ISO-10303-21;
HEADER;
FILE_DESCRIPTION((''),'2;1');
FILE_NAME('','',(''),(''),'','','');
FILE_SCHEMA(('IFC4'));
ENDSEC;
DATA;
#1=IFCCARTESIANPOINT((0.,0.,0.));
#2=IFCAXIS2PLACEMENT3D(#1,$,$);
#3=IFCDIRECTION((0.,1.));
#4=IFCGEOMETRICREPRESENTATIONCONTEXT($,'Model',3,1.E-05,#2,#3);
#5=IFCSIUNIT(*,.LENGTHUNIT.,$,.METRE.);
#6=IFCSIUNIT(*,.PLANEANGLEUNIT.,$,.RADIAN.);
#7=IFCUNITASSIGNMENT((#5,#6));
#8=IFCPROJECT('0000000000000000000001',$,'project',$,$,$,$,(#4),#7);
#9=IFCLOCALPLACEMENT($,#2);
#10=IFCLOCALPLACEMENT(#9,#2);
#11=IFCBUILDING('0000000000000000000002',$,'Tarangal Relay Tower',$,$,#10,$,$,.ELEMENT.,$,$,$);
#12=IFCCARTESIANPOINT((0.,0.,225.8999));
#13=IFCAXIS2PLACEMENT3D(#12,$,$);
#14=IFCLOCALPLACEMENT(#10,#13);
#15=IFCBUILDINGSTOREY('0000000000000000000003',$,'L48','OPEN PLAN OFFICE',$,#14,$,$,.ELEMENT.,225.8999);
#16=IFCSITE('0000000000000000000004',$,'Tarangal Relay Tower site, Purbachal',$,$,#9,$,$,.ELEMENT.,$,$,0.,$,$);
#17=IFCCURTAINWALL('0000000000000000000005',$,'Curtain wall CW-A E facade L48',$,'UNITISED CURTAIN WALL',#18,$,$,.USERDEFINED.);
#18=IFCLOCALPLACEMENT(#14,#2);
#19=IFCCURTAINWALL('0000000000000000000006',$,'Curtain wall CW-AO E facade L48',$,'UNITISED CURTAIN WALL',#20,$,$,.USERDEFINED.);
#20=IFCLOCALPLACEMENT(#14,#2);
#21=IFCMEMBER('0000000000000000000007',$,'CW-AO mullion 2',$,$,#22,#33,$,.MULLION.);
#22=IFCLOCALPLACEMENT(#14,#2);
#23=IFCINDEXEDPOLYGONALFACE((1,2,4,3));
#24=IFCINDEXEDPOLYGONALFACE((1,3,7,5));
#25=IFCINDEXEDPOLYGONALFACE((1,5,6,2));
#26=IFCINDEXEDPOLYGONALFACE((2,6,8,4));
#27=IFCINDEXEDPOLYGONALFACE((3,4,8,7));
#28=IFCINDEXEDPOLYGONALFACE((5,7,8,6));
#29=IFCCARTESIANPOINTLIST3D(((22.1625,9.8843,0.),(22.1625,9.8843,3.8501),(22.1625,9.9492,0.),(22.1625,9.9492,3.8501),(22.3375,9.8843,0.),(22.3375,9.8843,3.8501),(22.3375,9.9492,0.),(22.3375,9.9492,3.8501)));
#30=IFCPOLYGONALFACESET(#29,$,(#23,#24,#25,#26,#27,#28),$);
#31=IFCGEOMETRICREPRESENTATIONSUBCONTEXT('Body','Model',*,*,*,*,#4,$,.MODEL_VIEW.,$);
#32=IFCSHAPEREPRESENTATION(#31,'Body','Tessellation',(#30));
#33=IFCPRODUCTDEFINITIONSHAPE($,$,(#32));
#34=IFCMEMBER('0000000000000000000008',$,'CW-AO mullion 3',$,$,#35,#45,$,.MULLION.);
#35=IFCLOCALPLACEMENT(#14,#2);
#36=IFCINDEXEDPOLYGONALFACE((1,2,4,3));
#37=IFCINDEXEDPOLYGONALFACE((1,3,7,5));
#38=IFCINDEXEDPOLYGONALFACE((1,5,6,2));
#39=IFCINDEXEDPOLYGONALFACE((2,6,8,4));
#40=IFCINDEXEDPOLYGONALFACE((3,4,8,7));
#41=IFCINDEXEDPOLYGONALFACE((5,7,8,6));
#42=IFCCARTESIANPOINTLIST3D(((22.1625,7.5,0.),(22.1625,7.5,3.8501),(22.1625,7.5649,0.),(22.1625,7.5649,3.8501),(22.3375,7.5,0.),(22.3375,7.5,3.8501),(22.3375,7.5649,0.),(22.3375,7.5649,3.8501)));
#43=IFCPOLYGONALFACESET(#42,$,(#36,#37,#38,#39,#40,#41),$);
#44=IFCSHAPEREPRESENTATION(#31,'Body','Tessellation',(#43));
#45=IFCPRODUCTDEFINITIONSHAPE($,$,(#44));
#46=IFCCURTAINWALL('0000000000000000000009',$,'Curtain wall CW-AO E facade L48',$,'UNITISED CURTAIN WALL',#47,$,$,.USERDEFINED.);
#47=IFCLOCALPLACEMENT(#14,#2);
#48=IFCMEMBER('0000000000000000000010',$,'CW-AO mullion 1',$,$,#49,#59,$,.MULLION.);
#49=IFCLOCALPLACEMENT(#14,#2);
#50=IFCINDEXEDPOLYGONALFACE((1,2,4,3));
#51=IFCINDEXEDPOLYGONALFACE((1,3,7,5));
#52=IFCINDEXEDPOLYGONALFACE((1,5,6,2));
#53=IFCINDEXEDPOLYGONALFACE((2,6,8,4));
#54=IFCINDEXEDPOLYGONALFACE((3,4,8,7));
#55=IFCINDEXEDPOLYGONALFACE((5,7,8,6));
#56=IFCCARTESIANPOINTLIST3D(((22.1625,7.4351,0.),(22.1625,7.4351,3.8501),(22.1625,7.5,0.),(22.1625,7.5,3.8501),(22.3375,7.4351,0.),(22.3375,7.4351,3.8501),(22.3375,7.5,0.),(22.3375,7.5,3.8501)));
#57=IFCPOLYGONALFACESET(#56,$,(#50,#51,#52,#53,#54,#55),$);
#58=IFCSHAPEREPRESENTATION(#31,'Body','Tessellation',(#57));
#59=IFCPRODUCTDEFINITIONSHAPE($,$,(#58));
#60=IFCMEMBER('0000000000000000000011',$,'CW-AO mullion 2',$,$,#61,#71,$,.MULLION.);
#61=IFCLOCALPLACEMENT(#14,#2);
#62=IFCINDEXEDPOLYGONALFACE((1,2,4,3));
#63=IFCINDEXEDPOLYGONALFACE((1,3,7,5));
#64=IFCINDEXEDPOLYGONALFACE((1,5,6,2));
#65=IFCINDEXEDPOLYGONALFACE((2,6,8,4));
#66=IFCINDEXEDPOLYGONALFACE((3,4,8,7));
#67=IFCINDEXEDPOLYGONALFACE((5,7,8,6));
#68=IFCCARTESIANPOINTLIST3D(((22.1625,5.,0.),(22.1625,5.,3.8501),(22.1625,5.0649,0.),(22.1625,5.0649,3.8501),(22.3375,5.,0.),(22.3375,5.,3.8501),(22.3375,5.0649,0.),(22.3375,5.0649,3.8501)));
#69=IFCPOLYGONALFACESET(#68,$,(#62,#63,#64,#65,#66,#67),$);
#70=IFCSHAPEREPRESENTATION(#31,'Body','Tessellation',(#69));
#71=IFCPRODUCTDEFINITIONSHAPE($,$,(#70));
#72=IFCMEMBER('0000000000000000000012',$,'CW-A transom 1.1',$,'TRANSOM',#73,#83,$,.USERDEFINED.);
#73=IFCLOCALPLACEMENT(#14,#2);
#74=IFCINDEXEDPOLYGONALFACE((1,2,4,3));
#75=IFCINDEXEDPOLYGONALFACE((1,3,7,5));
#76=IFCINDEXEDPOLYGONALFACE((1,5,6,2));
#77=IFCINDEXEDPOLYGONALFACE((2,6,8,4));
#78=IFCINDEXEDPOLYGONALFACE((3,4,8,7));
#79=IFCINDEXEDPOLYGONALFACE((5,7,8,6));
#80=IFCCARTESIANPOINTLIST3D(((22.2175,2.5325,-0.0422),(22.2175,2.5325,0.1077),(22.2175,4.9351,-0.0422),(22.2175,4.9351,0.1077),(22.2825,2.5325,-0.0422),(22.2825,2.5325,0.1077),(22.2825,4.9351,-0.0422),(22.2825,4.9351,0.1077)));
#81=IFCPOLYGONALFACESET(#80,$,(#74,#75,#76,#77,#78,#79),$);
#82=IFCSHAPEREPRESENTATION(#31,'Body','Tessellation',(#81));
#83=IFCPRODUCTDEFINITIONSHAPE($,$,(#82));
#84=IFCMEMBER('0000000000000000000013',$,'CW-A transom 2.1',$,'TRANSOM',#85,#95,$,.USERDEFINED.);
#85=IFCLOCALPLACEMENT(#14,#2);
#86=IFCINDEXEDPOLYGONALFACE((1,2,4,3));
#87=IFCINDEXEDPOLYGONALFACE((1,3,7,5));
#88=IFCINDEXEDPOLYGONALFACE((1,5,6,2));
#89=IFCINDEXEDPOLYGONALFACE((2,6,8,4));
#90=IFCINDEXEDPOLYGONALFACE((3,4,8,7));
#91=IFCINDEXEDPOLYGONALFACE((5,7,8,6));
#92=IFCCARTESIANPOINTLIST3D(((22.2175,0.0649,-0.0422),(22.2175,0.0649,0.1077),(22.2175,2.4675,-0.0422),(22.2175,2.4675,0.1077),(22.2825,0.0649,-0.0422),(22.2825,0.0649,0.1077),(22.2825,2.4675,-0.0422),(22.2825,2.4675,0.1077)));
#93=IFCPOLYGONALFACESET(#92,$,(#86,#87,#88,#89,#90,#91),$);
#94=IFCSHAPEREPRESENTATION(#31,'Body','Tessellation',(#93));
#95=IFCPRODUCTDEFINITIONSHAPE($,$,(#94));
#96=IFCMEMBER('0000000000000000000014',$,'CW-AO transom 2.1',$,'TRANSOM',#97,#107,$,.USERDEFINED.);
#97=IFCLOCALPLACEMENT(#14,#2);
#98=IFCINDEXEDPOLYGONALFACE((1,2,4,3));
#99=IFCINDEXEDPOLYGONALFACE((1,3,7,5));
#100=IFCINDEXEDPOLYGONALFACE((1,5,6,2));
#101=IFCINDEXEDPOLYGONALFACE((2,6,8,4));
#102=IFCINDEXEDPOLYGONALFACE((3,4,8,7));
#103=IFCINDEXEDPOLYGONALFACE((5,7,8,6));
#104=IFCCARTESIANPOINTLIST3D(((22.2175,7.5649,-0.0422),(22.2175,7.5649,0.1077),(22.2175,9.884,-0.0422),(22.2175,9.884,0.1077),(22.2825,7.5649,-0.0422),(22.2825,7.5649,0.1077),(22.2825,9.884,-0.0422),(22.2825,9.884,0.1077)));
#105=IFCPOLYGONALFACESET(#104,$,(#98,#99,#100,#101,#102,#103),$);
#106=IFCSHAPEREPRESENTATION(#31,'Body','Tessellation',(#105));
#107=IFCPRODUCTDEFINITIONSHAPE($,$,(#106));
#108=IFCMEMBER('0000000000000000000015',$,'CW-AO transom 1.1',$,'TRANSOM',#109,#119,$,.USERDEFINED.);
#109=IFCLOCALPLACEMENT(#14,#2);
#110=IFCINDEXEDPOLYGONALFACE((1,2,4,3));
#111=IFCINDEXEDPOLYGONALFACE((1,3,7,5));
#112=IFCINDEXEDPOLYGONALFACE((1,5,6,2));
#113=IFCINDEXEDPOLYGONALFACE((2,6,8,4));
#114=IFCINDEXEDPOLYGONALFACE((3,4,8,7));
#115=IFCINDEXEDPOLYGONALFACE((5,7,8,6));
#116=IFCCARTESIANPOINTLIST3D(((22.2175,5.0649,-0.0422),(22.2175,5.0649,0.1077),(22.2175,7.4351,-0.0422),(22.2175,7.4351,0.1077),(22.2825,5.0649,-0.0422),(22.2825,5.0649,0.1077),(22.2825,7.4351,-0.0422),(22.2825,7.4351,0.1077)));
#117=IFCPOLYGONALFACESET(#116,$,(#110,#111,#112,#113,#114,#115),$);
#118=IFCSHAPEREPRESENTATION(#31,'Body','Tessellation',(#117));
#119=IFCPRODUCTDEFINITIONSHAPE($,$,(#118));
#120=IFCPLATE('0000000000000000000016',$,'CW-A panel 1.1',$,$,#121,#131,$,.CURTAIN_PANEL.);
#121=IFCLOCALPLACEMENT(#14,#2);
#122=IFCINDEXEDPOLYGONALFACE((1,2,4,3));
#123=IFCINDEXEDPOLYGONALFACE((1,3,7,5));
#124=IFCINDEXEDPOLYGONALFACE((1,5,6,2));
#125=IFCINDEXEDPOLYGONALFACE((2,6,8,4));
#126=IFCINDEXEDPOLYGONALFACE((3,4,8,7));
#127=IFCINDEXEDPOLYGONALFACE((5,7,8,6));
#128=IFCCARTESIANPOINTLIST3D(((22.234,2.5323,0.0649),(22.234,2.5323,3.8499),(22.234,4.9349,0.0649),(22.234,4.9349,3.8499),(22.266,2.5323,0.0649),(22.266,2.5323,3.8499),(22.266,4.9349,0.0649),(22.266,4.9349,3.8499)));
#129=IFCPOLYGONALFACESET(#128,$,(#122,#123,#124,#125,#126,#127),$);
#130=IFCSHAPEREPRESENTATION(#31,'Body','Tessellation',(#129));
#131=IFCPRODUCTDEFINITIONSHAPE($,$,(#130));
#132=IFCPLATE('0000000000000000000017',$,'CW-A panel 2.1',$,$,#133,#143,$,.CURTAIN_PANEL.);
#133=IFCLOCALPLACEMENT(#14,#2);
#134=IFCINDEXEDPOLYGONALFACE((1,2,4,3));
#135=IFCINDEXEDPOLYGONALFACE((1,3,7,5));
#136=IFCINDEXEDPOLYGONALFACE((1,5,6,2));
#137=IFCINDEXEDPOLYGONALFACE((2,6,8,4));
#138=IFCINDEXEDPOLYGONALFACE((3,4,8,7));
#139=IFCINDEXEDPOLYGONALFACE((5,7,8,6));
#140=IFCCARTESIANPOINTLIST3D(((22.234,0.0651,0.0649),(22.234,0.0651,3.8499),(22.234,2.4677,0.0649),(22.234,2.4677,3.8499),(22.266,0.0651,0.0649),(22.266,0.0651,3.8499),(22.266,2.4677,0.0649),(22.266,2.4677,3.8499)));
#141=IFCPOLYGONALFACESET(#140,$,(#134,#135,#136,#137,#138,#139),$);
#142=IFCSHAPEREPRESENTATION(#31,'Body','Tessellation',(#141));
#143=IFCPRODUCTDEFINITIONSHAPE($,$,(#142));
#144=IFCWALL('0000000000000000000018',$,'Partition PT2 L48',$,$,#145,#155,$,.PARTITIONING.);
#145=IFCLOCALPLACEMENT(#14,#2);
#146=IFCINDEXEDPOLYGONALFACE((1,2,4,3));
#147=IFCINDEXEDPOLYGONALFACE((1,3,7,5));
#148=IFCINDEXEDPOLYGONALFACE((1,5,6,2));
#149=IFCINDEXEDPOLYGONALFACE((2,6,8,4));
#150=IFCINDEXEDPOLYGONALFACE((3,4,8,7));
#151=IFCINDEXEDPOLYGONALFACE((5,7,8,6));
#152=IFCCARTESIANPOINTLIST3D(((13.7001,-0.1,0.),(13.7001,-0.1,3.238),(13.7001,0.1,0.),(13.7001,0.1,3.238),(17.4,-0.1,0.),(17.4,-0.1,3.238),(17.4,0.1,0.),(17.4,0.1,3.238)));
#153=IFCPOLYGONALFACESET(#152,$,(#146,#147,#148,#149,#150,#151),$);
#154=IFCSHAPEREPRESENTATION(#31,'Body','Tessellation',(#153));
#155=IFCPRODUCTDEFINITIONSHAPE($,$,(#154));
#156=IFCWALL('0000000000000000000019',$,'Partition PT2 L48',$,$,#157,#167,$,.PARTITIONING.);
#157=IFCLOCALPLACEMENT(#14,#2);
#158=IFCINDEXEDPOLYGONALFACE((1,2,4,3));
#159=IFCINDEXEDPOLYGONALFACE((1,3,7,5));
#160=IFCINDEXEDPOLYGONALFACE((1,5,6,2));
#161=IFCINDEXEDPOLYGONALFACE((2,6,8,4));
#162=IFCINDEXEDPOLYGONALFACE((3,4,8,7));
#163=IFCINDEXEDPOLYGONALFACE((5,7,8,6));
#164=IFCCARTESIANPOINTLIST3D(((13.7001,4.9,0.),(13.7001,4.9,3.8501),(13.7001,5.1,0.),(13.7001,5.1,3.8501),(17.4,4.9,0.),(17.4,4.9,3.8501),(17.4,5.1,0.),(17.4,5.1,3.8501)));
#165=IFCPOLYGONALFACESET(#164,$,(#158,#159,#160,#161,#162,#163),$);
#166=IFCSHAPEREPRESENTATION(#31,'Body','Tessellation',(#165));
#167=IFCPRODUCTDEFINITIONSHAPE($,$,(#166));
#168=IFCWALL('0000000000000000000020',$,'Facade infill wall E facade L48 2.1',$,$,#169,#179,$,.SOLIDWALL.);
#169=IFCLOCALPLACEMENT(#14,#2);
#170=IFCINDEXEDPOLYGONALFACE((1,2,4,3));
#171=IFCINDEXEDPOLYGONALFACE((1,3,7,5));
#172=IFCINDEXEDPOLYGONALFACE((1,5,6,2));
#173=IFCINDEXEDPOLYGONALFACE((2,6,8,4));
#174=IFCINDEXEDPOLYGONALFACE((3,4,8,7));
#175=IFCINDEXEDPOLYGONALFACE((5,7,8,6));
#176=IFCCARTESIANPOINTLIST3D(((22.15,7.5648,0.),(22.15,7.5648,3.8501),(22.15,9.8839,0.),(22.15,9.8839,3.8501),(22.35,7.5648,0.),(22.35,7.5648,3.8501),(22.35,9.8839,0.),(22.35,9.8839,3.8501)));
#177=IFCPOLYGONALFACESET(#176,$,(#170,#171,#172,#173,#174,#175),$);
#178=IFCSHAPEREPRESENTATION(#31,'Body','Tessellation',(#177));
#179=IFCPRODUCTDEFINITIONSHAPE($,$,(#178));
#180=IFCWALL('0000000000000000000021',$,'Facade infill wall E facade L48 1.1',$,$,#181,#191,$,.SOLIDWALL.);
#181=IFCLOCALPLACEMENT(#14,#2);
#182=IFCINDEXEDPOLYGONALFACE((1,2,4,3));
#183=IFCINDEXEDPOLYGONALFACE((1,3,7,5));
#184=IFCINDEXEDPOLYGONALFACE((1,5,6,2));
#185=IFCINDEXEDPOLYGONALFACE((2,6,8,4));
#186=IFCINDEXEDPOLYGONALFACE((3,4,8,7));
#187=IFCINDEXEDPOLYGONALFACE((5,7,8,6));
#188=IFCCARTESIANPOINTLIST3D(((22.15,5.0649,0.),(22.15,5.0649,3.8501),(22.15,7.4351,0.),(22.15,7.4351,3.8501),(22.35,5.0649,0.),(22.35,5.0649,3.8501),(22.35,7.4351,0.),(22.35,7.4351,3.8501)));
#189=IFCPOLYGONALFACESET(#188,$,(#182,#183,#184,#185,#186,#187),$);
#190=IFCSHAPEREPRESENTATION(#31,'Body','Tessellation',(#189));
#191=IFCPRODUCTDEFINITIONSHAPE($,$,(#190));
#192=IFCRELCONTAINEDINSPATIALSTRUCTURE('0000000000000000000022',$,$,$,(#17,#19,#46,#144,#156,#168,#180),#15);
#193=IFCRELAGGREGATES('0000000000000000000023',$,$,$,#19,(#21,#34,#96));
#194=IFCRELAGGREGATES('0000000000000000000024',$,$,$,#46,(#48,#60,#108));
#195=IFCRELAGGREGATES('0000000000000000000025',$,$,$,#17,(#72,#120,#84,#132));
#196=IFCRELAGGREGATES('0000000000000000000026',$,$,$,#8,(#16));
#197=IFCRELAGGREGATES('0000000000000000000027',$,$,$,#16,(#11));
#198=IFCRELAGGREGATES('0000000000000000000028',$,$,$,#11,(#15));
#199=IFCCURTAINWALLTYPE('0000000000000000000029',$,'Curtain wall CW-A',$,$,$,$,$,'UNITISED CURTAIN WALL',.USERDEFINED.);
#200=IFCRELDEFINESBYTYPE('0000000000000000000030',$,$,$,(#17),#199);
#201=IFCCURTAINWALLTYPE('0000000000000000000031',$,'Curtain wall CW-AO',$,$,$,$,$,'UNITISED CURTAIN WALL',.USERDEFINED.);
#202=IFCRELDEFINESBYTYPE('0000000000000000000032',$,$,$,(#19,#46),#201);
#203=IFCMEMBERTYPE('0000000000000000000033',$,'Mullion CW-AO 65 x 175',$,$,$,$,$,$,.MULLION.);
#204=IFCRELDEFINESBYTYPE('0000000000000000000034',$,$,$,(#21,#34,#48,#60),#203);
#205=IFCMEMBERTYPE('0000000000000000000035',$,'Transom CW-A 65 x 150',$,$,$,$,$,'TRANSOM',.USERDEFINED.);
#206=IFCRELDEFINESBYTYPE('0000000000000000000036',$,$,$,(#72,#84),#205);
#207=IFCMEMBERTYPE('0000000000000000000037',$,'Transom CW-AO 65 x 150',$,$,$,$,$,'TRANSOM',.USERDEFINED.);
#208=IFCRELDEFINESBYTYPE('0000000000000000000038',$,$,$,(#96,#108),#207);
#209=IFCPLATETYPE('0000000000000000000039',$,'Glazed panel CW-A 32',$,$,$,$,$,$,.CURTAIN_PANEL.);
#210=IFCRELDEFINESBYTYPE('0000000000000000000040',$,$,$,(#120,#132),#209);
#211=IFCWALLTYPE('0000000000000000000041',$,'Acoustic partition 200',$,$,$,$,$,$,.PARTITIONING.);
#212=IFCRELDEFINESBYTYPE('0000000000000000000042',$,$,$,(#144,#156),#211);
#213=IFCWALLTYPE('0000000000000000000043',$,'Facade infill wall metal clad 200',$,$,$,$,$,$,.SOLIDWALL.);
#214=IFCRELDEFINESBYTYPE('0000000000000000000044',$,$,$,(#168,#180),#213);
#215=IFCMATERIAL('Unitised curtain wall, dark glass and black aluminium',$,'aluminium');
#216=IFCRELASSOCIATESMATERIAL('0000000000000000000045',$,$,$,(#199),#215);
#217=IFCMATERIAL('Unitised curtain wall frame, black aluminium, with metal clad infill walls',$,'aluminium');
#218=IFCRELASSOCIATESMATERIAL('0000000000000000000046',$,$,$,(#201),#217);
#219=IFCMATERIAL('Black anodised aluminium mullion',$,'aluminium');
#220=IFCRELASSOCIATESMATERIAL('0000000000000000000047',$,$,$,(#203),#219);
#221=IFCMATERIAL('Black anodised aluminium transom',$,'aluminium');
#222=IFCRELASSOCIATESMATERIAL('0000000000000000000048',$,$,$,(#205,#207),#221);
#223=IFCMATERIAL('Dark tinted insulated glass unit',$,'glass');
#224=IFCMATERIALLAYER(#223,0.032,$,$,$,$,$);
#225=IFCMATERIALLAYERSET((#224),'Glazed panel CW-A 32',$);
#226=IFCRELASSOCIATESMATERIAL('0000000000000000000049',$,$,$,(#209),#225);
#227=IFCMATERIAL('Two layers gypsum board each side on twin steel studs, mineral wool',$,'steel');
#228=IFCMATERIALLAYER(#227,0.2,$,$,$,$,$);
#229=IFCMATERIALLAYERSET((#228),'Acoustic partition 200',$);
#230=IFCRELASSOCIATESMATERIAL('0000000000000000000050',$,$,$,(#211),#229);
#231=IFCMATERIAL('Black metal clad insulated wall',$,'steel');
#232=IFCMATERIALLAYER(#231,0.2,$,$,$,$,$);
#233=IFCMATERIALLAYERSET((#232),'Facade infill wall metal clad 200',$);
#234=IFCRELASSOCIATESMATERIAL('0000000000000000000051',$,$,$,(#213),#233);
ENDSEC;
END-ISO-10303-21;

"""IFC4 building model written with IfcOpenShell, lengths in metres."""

from ifc_helpers import new_model, si_unit, direction, frame, frame_2d, origin, origin_2d, place, context, subcontext, project, spatial, rectangle, extrude, material, layer, layer_set, material_profile, profile_set, type_object, element, aggregate, save


model = new_model("IFC4")

# Units and contexts
model_context = context("Model", 3, precision=1e-05, world=origin(), true_north=direction((0.0, 1.0)))
body_context = subcontext(model_context, "Body", "Model", "MODEL_VIEW")
ifc_project = project(units=[si_unit("LENGTHUNIT", "METRE"), si_unit("PLANEANGLEUNIT", "RADIAN")], contexts=[model_context])

# Site, building, storey
site_placement = place(None, origin())
site = spatial("IfcSite", under=ifc_project, at=site_placement, Name="Tarangal Relay Tower site, Purbachal", CompositionType="ELEMENT", RefElevation=0.0)
building_placement = place(site_placement, origin())
building = spatial("IfcBuilding", under=site, at=building_placement, Name="Tarangal Relay Tower", CompositionType="ELEMENT")
storey_placement = place(building_placement, frame((0.0, 0.0, 225.8999)))
storey = spatial("IfcBuildingStorey", under=building, at=storey_placement, Name="L48", Description="OPEN PLAN OFFICE", CompositionType="ELEMENT", Elevation=225.8999)

# Curtain walls, members
ifc_material_1 = material(Name="Unitised curtain wall, dark glass and black aluminium", Category="aluminium")
curtain_wall_type_1 = type_object("IfcCurtainWallType", Name="Curtain wall CW-A", ElementType="UNITISED CURTAIN WALL", PredefinedType="USERDEFINED", material=ifc_material_1)
curtain_wall_1_placement = place(storey_placement, origin())
curtain_wall_1 = element("IfcCurtainWall", 1, at=curtain_wall_1_placement, inside=storey, type_object=curtain_wall_type_1, Name="Curtain wall CW-A E facade L48", ObjectType="UNITISED CURTAIN WALL", PredefinedType="USERDEFINED")
ifc_material_2 = material(Name="Black anodised aluminium mullion", Category="aluminium")
ifc_material_3 = material(Name="Unitised curtain wall frame, black aluminium, with metal clad infill walls", Category="aluminium")
curtain_wall_type_2 = type_object("IfcCurtainWallType", Name="Curtain wall CW-AO", ElementType="UNITISED CURTAIN WALL", PredefinedType="USERDEFINED", material=ifc_material_3)
curtain_wall_2_placement = place(storey_placement, origin())
curtain_wall_2 = element("IfcCurtainWall", 2, at=curtain_wall_2_placement, inside=storey, type_object=curtain_wall_type_2, Name="Curtain wall CW-AO E facade L48", ObjectType="UNITISED CURTAIN WALL", PredefinedType="USERDEFINED")
ifc_material_profile_1 = material_profile(ifc_material_2, rectangle(XDim=0.175, YDim=0.0649, at=origin_2d()), Name="CW-AOM 65X175")
ifc_profile_set_1 = profile_set([ifc_material_profile_1], Name="Black anodised aluminium mullion")
member_type_1 = type_object("IfcMemberType", Name="Mullion CW-AO 65 x 175", PredefinedType="MULLION", material=ifc_profile_set_1)
member_1_placement = place(storey_placement, frame((22.25, 9.9167, 0.0), z_axis=(0.0, 0.0, 1.0), x_axis=(1.0, 0.0, 0.0)))
member_1 = element("IfcMember", 3, at=member_1_placement, type_object=member_type_1, Name="CW-AO mullion 2", PredefinedType="MULLION", context=body_context, shape_type="SweptSolid", body=[
    extrude(rectangle(XDim=0.175, YDim=0.0649, at=origin_2d()), origin(), (0.0, 0.0, 1.0), 3.8501),
])
member_2_placement = place(storey_placement, frame((22.25, 7.5325, 0.0), z_axis=(0.0, 0.0, 1.0), x_axis=(1.0, 0.0, 0.0)))
member_2 = element("IfcMember", 4, at=member_2_placement, type_object=member_type_1, Name="CW-AO mullion 3", PredefinedType="MULLION", context=body_context, shape_type="SweptSolid", body=[
    extrude(rectangle(XDim=0.175, YDim=0.0649, at=origin_2d()), origin(), (0.0, 0.0, 1.0), 3.8501),
])
curtain_wall_3_placement = place(storey_placement, origin())
curtain_wall_3 = element("IfcCurtainWall", 5, at=curtain_wall_3_placement, inside=storey, type_object=curtain_wall_type_2, Name="Curtain wall CW-AO E facade L48", ObjectType="UNITISED CURTAIN WALL", PredefinedType="USERDEFINED")
member_3_placement = place(storey_placement, frame((22.25, 7.4675, 0.0), z_axis=(0.0, 0.0, 1.0), x_axis=(1.0, 0.0, 0.0)))
member_3 = element("IfcMember", 6, at=member_3_placement, type_object=member_type_1, Name="CW-AO mullion 1", PredefinedType="MULLION", context=body_context, shape_type="SweptSolid", body=[
    extrude(rectangle(XDim=0.175, YDim=0.0649, at=origin_2d()), origin(), (0.0, 0.0, 1.0), 3.8501),
])
member_4_placement = place(storey_placement, frame((22.25, 5.0325, 0.0), z_axis=(0.0, 0.0, 1.0), x_axis=(1.0, 0.0, 0.0)))
member_4 = element("IfcMember", 7, at=member_4_placement, type_object=member_type_1, Name="CW-AO mullion 2", PredefinedType="MULLION", context=body_context, shape_type="SweptSolid", body=[
    extrude(rectangle(XDim=0.175, YDim=0.0649, at=origin_2d()), origin(), (0.0, 0.0, 1.0), 3.8501),
])

# Members
ifc_material_4 = material(Name="Black anodised aluminium transom", Category="aluminium")
ifc_material_profile_2 = material_profile(ifc_material_4, rectangle(XDim=0.0649, YDim=0.1499, at=origin_2d()), Name="CW-AT 65X150")
ifc_profile_set_2 = profile_set([ifc_material_profile_2], Name="Black anodised aluminium transom")
member_type_2 = type_object("IfcMemberType", Name="Transom CW-A 65 x 150", ElementType="TRANSOM", PredefinedType="USERDEFINED", material=ifc_profile_set_2)
member_5_placement = place(storey_placement, frame((22.25, 4.9351, 0.0327), z_axis=(0.0, -1.0, 0.0), x_axis=(1.0, 0.0, 0.0)))
member_5 = element("IfcMember", 8, at=member_5_placement, type_object=member_type_2, Name="CW-A transom 1.1", ObjectType="TRANSOM", PredefinedType="USERDEFINED", context=body_context, shape_type="SweptSolid", body=[
    extrude(rectangle(XDim=0.0649, YDim=0.1499, at=origin_2d()), origin(), (0.0, 0.0, 1.0), 2.4026),
])
member_6_placement = place(storey_placement, frame((22.25, 2.4675, 0.0327), z_axis=(0.0, -1.0, 0.0), x_axis=(1.0, 0.0, 0.0)))
member_6 = element("IfcMember", 9, at=member_6_placement, type_object=member_type_2, Name="CW-A transom 2.1", ObjectType="TRANSOM", PredefinedType="USERDEFINED", context=body_context, shape_type="SweptSolid", body=[
    extrude(rectangle(XDim=0.0649, YDim=0.1499, at=origin_2d()), origin(), (0.0, 0.0, 1.0), 2.4026),
])
ifc_material_profile_3 = material_profile(ifc_material_4, rectangle(XDim=0.0649, YDim=0.1499, at=origin_2d()), Name="CW-AOT 65X150")
ifc_profile_set_3 = profile_set([ifc_material_profile_3], Name="Black anodised aluminium transom")
member_type_3 = type_object("IfcMemberType", Name="Transom CW-AO 65 x 150", ElementType="TRANSOM", PredefinedType="USERDEFINED", material=ifc_profile_set_3)
member_7_placement = place(storey_placement, frame((22.25, 9.884, 0.0327), z_axis=(0.0, -1.0, 0.0), x_axis=(1.0, 0.0, 0.0)))
member_7 = element("IfcMember", 10, at=member_7_placement, type_object=member_type_3, Name="CW-AO transom 2.1", ObjectType="TRANSOM", PredefinedType="USERDEFINED", context=body_context, shape_type="SweptSolid", body=[
    extrude(rectangle(XDim=0.0649, YDim=0.1499, at=origin_2d()), origin(), (0.0, 0.0, 1.0), 2.3191),
])
aggregate(curtain_wall_2, [member_1, member_2, member_7])
member_8_placement = place(storey_placement, frame((22.25, 7.4351, 0.0327), z_axis=(0.0, -1.0, 0.0), x_axis=(1.0, 0.0, 0.0)))
member_8 = element("IfcMember", 11, at=member_8_placement, type_object=member_type_3, Name="CW-AO transom 1.1", ObjectType="TRANSOM", PredefinedType="USERDEFINED", context=body_context, shape_type="SweptSolid", body=[
    extrude(rectangle(XDim=0.0649, YDim=0.1499, at=origin_2d()), origin(), (0.0, 0.0, 1.0), 2.3701),
])
aggregate(curtain_wall_3, [member_3, member_4, member_8])

# Plates
ifc_material_5 = material(Name="Dark tinted insulated glass unit", Category="glass")
ifc_layer_1 = layer(ifc_material_5, 0.032)
ifc_layer_set_1 = layer_set([ifc_layer_1], Name="Glazed panel CW-A 32")
plate_type = type_object("IfcPlateType", Name="Glazed panel CW-A 32", PredefinedType="CURTAIN_PANEL", material=ifc_layer_set_1)
plate_1_placement = place(storey_placement, frame((22.25, 3.7336, 0.0649), z_axis=(0.0, 0.0, 1.0), x_axis=(0.0, -1.0, 0.0)))
plate_1 = element("IfcPlate", 12, at=plate_1_placement, type_object=plate_type, Name="CW-A panel 1.1", PredefinedType="CURTAIN_PANEL", context=body_context, shape_type="SweptSolid", body=[
    extrude(rectangle(XDim=2.4026, YDim=0.032, at=origin_2d()), origin(), (0.0, 0.0, 1.0), 3.7849),
])
plate_2_placement = place(storey_placement, frame((22.25, 1.2664, 0.0649), z_axis=(0.0, 0.0, 1.0), x_axis=(0.0, -1.0, 0.0)))
plate_2 = element("IfcPlate", 13, at=plate_2_placement, type_object=plate_type, Name="CW-A panel 2.1", PredefinedType="CURTAIN_PANEL", context=body_context, shape_type="SweptSolid", body=[
    extrude(rectangle(XDim=2.4026, YDim=0.032, at=origin_2d()), origin(), (0.0, 0.0, 1.0), 3.7849),
])
aggregate(curtain_wall_1, [member_5, plate_1, member_6, plate_2])

# Walls
ifc_material_6 = material(Name="Two layers gypsum board each side on twin steel studs, mineral wool", Category="steel")
ifc_layer_2 = layer(ifc_material_6, 0.2)
ifc_layer_set_2 = layer_set([ifc_layer_2], Name="Acoustic partition 200")
wall_type_1 = type_object("IfcWallType", Name="Acoustic partition 200", PredefinedType="PARTITIONING", material=ifc_layer_set_2)
wall_1_placement = place(storey_placement, frame((13.7, 0.0, 0.0), z_axis=(0.0, 0.0, 1.0), x_axis=(1.0, 0.0, 0.0)))
element("IfcWall", 14, at=wall_1_placement, inside=storey, type_object=wall_type_1, Name="Partition PT2 L48", PredefinedType="PARTITIONING", context=body_context, shape_type="SweptSolid", body=[
    extrude(rectangle(XDim=3.7, YDim=0.2, at=frame_2d((1.8501, 0.0))), origin(), (0.0, 0.0, 1.0), 3.238),
])
wall_2_placement = place(storey_placement, frame((13.7, 5.0, 0.0), z_axis=(0.0, 0.0, 1.0), x_axis=(1.0, 0.0, 0.0)))
element("IfcWall", 15, at=wall_2_placement, inside=storey, type_object=wall_type_1, Name="Partition PT2 L48", PredefinedType="PARTITIONING", context=body_context, shape_type="SweptSolid", body=[
    extrude(rectangle(XDim=3.7, YDim=0.2, at=frame_2d((1.8501, 0.0))), origin(), (0.0, 0.0, 1.0), 3.8501),
])
ifc_material_7 = material(Name="Black metal clad insulated wall", Category="steel")
ifc_layer_3 = layer(ifc_material_7, 0.2)
ifc_layer_set_3 = layer_set([ifc_layer_3], Name="Facade infill wall metal clad 200")
wall_type_2 = type_object("IfcWallType", Name="Facade infill wall metal clad 200", PredefinedType="SOLIDWALL", material=ifc_layer_set_3)
wall_3_placement = place(storey_placement, frame((22.25, 9.884, 0.0), z_axis=(0.0, 0.0, 1.0), x_axis=(0.0, -1.0, 0.0)))
element("IfcWall", 16, at=wall_3_placement, inside=storey, type_object=wall_type_2, Name="Facade infill wall E facade L48 2.1", PredefinedType="SOLIDWALL", context=body_context, shape_type="SweptSolid", body=[
    extrude(rectangle(XDim=2.3191, YDim=0.2, at=frame_2d((1.1597, 0.0))), origin(), (0.0, 0.0, 1.0), 3.8501),
])
wall_4_placement = place(storey_placement, frame((22.25, 7.4351, 0.0), z_axis=(0.0, 0.0, 1.0), x_axis=(0.0, -1.0, 0.0)))
element("IfcWall", 17, at=wall_4_placement, inside=storey, type_object=wall_type_2, Name="Facade infill wall E facade L48 1.1", PredefinedType="SOLIDWALL", context=body_context, shape_type="SweptSolid", body=[
    extrude(rectangle(XDim=2.3701, YDim=0.2, at=frame_2d((1.1851, 0.0))), origin(), (0.0, 0.0, 1.0), 3.8501),
])

save(model, "model.ifc")
